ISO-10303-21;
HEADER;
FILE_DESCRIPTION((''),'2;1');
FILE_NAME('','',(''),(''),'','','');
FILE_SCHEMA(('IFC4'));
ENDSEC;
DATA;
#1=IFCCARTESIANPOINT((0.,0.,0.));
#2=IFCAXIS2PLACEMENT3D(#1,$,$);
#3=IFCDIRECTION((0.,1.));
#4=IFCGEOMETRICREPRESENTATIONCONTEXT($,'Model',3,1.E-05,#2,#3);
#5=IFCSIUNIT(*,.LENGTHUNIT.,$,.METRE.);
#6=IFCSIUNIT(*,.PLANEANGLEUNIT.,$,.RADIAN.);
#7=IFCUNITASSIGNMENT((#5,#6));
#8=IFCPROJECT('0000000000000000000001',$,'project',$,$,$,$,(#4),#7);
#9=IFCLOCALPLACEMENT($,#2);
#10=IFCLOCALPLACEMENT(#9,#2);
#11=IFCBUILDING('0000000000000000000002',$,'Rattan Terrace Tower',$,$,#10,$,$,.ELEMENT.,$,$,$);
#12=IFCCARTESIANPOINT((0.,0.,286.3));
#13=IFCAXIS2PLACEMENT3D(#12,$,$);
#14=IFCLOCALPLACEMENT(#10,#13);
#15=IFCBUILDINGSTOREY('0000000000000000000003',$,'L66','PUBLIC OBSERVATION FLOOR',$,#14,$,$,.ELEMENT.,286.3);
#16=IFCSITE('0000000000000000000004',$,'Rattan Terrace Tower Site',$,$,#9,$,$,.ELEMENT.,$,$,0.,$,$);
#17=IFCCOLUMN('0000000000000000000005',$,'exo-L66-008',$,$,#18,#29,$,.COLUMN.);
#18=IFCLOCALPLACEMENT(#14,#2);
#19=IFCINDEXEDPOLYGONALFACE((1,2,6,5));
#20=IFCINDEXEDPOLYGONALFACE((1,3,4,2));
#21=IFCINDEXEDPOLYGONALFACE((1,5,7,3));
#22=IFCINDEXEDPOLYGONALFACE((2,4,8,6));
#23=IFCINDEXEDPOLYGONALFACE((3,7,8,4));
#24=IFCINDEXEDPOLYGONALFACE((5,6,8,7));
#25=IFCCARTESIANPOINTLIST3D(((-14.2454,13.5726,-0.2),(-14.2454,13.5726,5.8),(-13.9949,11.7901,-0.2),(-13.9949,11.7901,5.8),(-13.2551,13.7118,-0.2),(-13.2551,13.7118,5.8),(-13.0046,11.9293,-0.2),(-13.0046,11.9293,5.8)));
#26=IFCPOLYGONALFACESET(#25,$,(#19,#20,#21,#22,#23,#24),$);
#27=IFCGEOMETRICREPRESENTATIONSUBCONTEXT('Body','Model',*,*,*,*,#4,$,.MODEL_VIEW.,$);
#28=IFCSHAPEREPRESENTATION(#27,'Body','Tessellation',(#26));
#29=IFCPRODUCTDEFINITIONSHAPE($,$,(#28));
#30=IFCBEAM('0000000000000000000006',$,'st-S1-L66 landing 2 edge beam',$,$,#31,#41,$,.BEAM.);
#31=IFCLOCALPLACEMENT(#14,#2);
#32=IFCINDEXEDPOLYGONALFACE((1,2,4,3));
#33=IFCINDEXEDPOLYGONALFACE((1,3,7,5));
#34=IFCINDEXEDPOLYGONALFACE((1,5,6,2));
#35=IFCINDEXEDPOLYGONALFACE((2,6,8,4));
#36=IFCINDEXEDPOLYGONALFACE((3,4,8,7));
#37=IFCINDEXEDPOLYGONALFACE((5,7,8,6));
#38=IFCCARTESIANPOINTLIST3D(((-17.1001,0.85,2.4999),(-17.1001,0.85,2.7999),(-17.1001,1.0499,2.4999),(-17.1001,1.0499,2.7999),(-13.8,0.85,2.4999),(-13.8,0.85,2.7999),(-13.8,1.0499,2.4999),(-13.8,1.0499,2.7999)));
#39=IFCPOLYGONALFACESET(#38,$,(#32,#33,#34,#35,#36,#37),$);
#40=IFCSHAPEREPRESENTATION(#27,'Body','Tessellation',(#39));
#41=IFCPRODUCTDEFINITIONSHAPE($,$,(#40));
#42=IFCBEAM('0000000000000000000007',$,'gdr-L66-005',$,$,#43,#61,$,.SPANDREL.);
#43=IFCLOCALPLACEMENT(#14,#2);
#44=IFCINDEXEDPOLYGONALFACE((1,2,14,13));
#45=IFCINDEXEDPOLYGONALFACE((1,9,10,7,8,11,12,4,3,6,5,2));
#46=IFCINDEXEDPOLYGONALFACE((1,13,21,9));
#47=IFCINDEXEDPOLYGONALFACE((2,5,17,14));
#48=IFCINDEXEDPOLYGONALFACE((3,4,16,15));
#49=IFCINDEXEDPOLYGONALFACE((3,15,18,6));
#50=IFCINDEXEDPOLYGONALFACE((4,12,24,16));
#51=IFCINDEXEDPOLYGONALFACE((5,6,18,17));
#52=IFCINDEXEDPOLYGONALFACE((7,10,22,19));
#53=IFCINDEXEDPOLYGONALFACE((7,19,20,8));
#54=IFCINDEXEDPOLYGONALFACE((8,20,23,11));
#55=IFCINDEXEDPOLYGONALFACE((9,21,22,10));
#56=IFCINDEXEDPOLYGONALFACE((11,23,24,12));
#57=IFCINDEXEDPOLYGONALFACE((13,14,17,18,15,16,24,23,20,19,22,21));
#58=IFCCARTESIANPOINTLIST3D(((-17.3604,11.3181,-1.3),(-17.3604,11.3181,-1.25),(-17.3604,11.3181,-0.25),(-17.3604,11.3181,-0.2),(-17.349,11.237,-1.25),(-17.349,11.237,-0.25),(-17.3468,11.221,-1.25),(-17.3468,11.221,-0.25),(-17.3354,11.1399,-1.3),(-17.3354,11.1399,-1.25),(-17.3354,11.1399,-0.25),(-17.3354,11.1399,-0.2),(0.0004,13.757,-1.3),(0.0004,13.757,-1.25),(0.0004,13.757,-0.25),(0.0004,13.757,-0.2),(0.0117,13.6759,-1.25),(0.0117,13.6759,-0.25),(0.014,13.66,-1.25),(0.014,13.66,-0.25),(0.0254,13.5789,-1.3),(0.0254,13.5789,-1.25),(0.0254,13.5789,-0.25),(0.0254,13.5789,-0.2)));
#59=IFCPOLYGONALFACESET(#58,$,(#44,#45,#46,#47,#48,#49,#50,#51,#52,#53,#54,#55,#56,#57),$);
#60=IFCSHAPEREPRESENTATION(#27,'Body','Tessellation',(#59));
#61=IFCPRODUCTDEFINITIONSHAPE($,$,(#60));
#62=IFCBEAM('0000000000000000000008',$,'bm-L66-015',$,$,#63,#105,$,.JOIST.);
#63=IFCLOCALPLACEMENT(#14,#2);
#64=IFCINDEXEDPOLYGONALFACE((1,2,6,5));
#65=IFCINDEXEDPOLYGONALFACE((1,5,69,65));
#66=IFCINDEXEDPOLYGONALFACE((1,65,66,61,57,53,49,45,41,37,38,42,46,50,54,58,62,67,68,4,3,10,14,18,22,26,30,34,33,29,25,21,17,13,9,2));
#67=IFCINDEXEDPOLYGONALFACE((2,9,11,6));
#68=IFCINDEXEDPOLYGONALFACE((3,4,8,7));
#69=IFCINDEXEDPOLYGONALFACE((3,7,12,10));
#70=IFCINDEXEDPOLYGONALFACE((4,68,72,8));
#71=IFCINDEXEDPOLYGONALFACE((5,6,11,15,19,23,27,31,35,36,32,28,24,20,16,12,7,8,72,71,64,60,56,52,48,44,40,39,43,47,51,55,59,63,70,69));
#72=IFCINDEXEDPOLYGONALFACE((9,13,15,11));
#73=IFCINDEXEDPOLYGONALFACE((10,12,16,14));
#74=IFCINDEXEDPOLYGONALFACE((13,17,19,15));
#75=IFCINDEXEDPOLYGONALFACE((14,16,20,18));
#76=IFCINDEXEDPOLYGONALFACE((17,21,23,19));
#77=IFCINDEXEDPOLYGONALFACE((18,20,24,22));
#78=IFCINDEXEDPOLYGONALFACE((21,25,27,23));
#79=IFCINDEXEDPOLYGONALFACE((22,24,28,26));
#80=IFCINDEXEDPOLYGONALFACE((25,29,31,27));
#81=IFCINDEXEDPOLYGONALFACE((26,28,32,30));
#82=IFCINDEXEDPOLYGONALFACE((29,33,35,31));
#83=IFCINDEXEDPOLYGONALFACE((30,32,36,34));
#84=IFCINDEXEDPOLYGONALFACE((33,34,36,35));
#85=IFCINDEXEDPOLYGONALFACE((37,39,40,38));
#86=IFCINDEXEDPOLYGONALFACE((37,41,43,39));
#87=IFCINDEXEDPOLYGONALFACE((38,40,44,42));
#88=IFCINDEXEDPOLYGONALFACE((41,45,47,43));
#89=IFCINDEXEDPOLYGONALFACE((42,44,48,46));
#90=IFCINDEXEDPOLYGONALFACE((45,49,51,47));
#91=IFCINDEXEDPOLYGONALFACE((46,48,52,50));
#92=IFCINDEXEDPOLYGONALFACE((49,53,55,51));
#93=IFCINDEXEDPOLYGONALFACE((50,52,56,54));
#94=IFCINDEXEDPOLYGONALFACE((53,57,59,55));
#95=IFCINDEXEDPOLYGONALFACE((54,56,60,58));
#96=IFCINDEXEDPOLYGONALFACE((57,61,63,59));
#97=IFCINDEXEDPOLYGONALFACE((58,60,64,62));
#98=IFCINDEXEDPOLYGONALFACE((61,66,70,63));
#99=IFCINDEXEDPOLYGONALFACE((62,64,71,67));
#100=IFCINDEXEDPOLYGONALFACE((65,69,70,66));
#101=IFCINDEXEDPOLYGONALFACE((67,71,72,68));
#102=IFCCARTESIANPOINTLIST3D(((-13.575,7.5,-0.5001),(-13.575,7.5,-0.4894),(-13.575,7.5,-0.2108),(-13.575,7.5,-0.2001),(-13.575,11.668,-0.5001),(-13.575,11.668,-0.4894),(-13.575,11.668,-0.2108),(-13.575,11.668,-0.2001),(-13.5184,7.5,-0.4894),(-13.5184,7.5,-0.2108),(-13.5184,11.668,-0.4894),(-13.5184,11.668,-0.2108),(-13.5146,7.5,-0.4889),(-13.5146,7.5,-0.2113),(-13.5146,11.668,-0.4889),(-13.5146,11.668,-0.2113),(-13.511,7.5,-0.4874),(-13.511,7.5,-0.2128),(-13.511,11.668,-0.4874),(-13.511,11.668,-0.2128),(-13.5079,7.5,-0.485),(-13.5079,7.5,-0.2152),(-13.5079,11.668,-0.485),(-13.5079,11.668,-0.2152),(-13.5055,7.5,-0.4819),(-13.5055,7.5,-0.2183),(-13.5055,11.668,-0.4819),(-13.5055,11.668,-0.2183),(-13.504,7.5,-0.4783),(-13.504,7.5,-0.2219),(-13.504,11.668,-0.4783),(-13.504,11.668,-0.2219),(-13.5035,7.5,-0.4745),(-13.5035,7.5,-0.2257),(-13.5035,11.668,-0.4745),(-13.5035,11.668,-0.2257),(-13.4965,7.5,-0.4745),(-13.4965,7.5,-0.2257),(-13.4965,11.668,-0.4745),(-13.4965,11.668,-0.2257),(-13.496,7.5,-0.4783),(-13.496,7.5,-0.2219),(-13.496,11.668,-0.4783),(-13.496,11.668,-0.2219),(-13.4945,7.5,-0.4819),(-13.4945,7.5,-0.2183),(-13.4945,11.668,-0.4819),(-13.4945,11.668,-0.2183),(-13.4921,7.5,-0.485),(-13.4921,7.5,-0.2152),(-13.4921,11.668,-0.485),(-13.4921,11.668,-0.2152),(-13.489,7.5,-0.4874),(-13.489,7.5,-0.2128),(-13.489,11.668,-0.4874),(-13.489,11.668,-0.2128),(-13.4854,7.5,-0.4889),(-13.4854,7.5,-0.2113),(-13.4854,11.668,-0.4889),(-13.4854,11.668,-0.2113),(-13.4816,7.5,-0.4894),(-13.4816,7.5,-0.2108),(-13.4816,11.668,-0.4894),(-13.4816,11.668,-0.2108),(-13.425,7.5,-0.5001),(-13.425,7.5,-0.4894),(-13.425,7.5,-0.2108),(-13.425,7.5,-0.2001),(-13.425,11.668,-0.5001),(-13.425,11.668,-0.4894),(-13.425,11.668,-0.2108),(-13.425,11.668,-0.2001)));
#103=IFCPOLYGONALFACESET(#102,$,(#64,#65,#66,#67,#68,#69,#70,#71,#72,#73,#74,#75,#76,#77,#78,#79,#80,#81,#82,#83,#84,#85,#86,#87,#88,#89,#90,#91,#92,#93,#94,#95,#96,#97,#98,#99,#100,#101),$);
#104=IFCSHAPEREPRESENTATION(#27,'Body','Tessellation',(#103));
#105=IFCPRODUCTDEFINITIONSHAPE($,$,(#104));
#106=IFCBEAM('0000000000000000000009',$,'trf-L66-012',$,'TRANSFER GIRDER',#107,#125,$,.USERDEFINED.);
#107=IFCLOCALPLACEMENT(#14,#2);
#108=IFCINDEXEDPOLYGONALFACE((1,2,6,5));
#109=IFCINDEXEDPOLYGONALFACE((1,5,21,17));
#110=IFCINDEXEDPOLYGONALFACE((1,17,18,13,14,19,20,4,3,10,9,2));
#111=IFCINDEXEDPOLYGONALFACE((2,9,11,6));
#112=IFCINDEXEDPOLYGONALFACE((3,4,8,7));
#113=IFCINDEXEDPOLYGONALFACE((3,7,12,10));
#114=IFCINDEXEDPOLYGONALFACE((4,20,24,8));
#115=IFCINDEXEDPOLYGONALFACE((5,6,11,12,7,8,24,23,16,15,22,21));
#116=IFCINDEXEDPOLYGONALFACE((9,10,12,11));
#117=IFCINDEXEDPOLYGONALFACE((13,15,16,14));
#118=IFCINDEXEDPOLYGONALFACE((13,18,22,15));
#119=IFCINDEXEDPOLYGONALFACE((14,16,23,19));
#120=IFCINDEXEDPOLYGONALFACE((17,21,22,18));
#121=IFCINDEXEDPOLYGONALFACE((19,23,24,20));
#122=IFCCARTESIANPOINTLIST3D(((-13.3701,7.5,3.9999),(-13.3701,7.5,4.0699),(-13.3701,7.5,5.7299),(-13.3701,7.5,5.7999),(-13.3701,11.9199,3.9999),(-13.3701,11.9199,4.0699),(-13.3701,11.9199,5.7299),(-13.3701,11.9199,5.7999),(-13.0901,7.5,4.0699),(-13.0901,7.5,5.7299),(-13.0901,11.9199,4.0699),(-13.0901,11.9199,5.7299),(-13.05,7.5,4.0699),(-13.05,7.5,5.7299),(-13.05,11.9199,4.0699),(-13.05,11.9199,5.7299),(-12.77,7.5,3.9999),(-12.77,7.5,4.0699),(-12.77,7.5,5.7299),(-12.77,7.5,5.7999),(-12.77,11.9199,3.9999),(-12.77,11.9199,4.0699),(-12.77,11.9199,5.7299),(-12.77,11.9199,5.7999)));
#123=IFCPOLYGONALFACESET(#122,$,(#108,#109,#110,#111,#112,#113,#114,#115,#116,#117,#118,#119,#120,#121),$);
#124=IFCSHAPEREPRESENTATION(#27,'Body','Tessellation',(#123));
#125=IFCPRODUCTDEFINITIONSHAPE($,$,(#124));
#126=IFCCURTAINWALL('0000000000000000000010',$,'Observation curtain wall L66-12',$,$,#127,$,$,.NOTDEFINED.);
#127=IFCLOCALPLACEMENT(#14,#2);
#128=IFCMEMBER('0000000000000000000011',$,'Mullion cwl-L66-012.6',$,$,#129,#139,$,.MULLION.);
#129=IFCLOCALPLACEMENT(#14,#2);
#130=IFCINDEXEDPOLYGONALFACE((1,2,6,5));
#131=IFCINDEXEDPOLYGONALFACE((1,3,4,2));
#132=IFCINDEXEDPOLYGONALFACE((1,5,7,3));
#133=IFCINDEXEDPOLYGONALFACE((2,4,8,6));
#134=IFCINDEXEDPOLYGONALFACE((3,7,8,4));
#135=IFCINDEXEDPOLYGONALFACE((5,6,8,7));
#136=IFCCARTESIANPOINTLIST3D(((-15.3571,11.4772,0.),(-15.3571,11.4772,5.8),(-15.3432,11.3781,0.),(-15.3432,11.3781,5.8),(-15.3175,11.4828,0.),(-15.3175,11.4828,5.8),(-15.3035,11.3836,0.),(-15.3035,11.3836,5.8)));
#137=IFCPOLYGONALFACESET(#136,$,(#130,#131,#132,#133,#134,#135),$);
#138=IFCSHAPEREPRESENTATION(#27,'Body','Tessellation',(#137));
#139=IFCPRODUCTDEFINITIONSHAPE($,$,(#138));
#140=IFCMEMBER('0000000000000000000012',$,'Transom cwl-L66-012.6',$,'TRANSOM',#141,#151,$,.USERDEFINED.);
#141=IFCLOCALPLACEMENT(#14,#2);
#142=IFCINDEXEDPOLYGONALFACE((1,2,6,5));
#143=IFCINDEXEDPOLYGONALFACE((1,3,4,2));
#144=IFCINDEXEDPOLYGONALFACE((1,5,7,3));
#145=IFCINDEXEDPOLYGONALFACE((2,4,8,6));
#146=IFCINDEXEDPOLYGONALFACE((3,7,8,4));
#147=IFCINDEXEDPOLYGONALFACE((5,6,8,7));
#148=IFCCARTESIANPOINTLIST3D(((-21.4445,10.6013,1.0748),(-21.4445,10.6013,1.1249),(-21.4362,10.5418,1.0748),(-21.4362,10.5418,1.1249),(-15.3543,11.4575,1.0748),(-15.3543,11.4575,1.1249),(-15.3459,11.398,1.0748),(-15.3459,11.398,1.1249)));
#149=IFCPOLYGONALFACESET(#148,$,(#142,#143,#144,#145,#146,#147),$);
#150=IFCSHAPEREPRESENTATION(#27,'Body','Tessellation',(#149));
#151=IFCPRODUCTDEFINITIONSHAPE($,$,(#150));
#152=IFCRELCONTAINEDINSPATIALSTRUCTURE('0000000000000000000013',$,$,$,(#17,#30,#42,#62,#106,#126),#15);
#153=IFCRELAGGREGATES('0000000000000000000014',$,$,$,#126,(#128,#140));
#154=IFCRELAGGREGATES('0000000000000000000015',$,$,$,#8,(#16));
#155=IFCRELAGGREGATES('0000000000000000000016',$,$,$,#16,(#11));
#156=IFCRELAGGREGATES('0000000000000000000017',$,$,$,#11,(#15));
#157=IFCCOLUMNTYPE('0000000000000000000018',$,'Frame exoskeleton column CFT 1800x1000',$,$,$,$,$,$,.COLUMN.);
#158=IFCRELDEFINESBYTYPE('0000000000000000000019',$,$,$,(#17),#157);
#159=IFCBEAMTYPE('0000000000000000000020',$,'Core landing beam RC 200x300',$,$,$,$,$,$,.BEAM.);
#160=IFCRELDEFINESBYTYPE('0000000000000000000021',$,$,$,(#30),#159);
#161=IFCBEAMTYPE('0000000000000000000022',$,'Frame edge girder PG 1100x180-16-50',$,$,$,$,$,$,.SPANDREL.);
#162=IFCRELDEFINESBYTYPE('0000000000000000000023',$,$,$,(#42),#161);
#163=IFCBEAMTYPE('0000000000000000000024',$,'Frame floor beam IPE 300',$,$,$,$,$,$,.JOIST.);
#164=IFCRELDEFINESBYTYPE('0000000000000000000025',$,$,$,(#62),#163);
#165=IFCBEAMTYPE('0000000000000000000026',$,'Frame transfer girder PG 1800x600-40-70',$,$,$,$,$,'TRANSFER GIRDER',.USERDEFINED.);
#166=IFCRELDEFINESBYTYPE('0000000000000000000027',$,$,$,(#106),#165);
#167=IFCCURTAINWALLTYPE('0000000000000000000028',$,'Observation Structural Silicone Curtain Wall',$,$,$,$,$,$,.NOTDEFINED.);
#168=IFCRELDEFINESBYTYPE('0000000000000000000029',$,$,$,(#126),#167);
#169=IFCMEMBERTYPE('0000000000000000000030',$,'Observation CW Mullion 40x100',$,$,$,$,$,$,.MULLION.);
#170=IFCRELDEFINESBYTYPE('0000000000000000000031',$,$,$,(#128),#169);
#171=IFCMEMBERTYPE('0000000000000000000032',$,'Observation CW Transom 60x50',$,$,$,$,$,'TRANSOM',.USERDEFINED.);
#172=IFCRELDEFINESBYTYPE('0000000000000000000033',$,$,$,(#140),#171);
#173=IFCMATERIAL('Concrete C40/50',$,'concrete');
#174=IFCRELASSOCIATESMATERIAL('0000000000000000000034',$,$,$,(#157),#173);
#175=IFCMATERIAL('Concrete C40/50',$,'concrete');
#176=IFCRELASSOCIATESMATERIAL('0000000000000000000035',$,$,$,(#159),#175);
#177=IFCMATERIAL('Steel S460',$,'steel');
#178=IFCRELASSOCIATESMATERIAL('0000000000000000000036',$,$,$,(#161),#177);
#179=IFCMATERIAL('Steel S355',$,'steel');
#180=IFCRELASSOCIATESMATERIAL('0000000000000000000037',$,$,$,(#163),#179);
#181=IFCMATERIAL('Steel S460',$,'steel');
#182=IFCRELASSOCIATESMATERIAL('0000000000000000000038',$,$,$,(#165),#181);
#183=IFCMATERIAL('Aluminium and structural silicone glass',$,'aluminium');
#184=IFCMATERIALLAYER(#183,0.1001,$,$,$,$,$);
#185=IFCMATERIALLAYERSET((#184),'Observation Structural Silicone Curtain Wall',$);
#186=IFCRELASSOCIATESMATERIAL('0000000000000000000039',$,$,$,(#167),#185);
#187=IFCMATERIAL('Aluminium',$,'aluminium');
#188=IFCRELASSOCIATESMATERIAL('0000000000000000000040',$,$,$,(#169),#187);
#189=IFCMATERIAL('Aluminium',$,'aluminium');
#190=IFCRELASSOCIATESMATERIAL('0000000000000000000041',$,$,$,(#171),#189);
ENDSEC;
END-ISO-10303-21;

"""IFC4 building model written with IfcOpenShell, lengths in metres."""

from ifc_helpers import new_model, si_unit, direction, frame, origin, origin_2d, place, context, subcontext, project, spatial, rectangle, i_section, extrude, material, layer, layer_set, material_profile, profile_set, type_object, element, aggregate, save


model = new_model("IFC4")

# Units and contexts
model_context = context("Model", 3, precision=1e-05, world=origin(), true_north=direction((0.0, 1.0)))
body_context = subcontext(model_context, "Body", "Model", "MODEL_VIEW")
ifc_project = project(units=[si_unit("LENGTHUNIT", "METRE"), si_unit("PLANEANGLEUNIT", "RADIAN")], contexts=[model_context])

# Site, building, storey
site_placement = place(None, origin())
site = spatial("IfcSite", under=ifc_project, at=site_placement, Name="Rattan Terrace Tower Site", CompositionType="ELEMENT", RefElevation=0.0)
building_placement = place(site_placement, origin())
building = spatial("IfcBuilding", under=site, at=building_placement, Name="Rattan Terrace Tower", CompositionType="ELEMENT")
storey_placement = place(building_placement, frame((0.0, 0.0, 286.3)))
storey = spatial("IfcBuildingStorey", under=building, at=storey_placement, Name="L66", Description="PUBLIC OBSERVATION FLOOR", CompositionType="ELEMENT", Elevation=286.3)

# Column
ifc_material_1 = material(Name="Concrete C40/50", Category="concrete")
ifc_material_profile_1 = material_profile(ifc_material_1, rectangle(XDim=1.0, YDim=1.8, at=origin_2d()), Name="CFT 1800x1000")
ifc_profile_set_1 = profile_set([ifc_material_profile_1], Name="Concrete C40/50")
column_type = type_object("IfcColumnType", Name="Frame exoskeleton column CFT 1800x1000", PredefinedType="COLUMN", material=ifc_profile_set_1)
column_placement = place(storey_placement, frame((-13.625, 12.751, -0.2), z_axis=(0.0, 0.0, 1.0), x_axis=(0.990266, 0.13919, 0.0)))
element("IfcColumn", 1, at=column_placement, inside=storey, type_object=column_type, Name="exo-L66-008", PredefinedType="COLUMN", context=body_context, shape_type="SweptSolid", body=[
    extrude(rectangle(XDim=1.0, YDim=1.8, at=origin_2d()), origin(), (0.0, 0.0, 1.0), 6.0),
])

# Beams
ifc_material_2 = material(Name="Concrete C40/50", Category="concrete")
ifc_material_profile_2 = material_profile(ifc_material_2, rectangle(XDim=0.2, YDim=0.3, at=origin_2d()), Name="RC 200x300")
ifc_profile_set_2 = profile_set([ifc_material_profile_2], Name="Concrete C40/50")
beam_type_1 = type_object("IfcBeamType", Name="Core landing beam RC 200x300", PredefinedType="BEAM", material=ifc_profile_set_2)
beam_1_placement = place(storey_placement, frame((-17.1001, 0.95, 2.6499), z_axis=(1.0, 0.0, 0.0), x_axis=(0.0, 1.0, 0.0)))
element("IfcBeam", 2, at=beam_1_placement, inside=storey, type_object=beam_type_1, Name="st-S1-L66 landing 2 edge beam", PredefinedType="BEAM", context=body_context, shape_type="SweptSolid", body=[
    extrude(rectangle(XDim=0.2, YDim=0.3, at=origin_2d()), origin(), (0.0, 0.0, 1.0), 3.3),
])
ifc_material_3 = material(Name="Steel S460", Category="steel")
ifc_material_profile_3 = material_profile(ifc_material_3, i_section(OverallWidth=0.1799, OverallDepth=1.1001, WebThickness=0.0161, FlangeThickness=0.05, at=origin_2d()), Name="PG 1100x180-16-50")
ifc_profile_set_3 = profile_set([ifc_material_profile_3], Name="Steel S460")
beam_type_2 = type_object("IfcBeamType", Name="Frame edge girder PG 1100x180-16-50", PredefinedType="SPANDREL", material=ifc_profile_set_3)
beam_2_placement = place(storey_placement, frame((-17.3479, 11.229, -0.75), z_axis=(0.990275, 0.13912, 0.0), x_axis=(-0.13912, 0.990275, 0.0)))
element("IfcBeam", 3, at=beam_2_placement, inside=storey, type_object=beam_type_2, Name="gdr-L66-005", PredefinedType="SPANDREL", context=body_context, shape_type="SweptSolid", body=[
    extrude(i_section(OverallWidth=0.1799, OverallDepth=1.1001, WebThickness=0.0161, FlangeThickness=0.05, at=origin_2d()), origin(), (0.0, 0.0, 1.0), 17.5312),
])
ifc_material_4 = material(Name="Steel S355", Category="steel")
ifc_material_profile_4 = material_profile(ifc_material_4, i_section(OverallWidth=0.1499, OverallDepth=0.3, WebThickness=0.0071, FlangeThickness=0.0107, FilletRadius=0.0149, at=origin_2d()), Name="IPE 300")
ifc_profile_set_4 = profile_set([ifc_material_profile_4], Name="Steel S355")
beam_type_3 = type_object("IfcBeamType", Name="Frame floor beam IPE 300", PredefinedType="JOIST", material=ifc_profile_set_4)
beam_3_placement = place(storey_placement, frame((-13.5, 7.5, -0.3501), z_axis=(0.0, 1.0, 0.0), x_axis=(-1.0, 0.0, 0.0)))
element("IfcBeam", 4, at=beam_3_placement, inside=storey, type_object=beam_type_3, Name="bm-L66-015", PredefinedType="JOIST", context=body_context, shape_type="SweptSolid", body=[
    extrude(i_section(OverallWidth=0.1499, OverallDepth=0.3, WebThickness=0.0071, FlangeThickness=0.0107, FilletRadius=0.0149, at=origin_2d()), origin(), (0.0, 0.0, 1.0), 4.168),
])
ifc_material_5 = material(Name="Steel S460", Category="steel")
ifc_material_profile_5 = material_profile(ifc_material_5, i_section(OverallWidth=0.6001, OverallDepth=1.8, WebThickness=0.04, FlangeThickness=0.0701, at=origin_2d()), Name="PG 1800x600-40-70")
ifc_profile_set_5 = profile_set([ifc_material_profile_5], Name="Steel S460")
beam_type_4 = type_object("IfcBeamType", Name="Frame transfer girder PG 1800x600-40-70", ElementType="TRANSFER GIRDER", PredefinedType="USERDEFINED", material=ifc_profile_set_5)
beam_4_placement = place(storey_placement, frame((-13.0701, 7.5, 4.8999), z_axis=(0.0, 1.0, 0.0), x_axis=(-1.0, 0.0, 0.0)))
element("IfcBeam", 5, at=beam_4_placement, inside=storey, type_object=beam_type_4, Name="trf-L66-012", ObjectType="TRANSFER GIRDER", PredefinedType="USERDEFINED", context=body_context, shape_type="SweptSolid", body=[
    extrude(i_section(OverallWidth=0.6001, OverallDepth=1.8, WebThickness=0.04, FlangeThickness=0.0701, at=origin_2d()), origin(), (0.0, 0.0, 1.0), 4.4199),
])

# Curtain wall, members
ifc_material_6 = material(Name="Aluminium and structural silicone glass", Category="aluminium")
ifc_layer_1 = layer(ifc_material_6, 0.1001)
ifc_layer_set_1 = layer_set([ifc_layer_1], Name="Observation Structural Silicone Curtain Wall")
curtain_wall_type = type_object("IfcCurtainWallType", Name="Observation Structural Silicone Curtain Wall", PredefinedType="NOTDEFINED", material=ifc_layer_set_1)
curtain_wall_placement = place(storey_placement, origin())
curtain_wall = element("IfcCurtainWall", 6, at=curtain_wall_placement, inside=storey, type_object=curtain_wall_type, Name="Observation curtain wall L66-12", PredefinedType="NOTDEFINED")
ifc_material_7 = material(Name="Aluminium", Category="aluminium")
ifc_material_profile_6 = material_profile(ifc_material_7, rectangle(XDim=0.04, YDim=0.1001, at=origin_2d()), Name="Aluminium 40x100")
ifc_profile_set_6 = profile_set([ifc_material_profile_6], Name="Aluminium")
member_type_1 = type_object("IfcMemberType", Name="Observation CW Mullion 40x100", PredefinedType="MULLION", material=ifc_profile_set_6)
member_1_placement = place(storey_placement, frame((-15.3303, 11.4304, 0.0), z_axis=(0.0, 0.0, 1.0), x_axis=(-0.990266, -0.139189, 0.0)))
member_1 = element("IfcMember", 7, at=member_1_placement, type_object=member_type_1, Name="Mullion cwl-L66-012.6", PredefinedType="MULLION", context=body_context, shape_type="SweptSolid", body=[
    extrude(rectangle(XDim=0.04, YDim=0.1001, at=origin_2d()), origin(), (0.0, 0.0, 1.0), 5.8),
])
ifc_material_8 = material(Name="Aluminium", Category="aluminium")
ifc_material_profile_7 = material_profile(ifc_material_8, rectangle(XDim=0.0601, YDim=0.05, at=origin_2d()), Name="Aluminium 60x50")
ifc_profile_set_7 = profile_set([ifc_material_profile_7], Name="Aluminium")
member_type_2 = type_object("IfcMemberType", Name="Observation CW Transom 60x50", ElementType="TRANSOM", PredefinedType="USERDEFINED", material=ifc_profile_set_7)
member_2_placement = place(storey_placement, frame((-15.3501, 11.4277, 1.0999), z_axis=(-0.990262, -0.139215, 0.0), x_axis=(0.139215, -0.990262, 0.0)))
member_2 = element("IfcMember", 8, at=member_2_placement, type_object=member_type_2, Name="Transom cwl-L66-012.6", ObjectType="TRANSOM", PredefinedType="USERDEFINED", context=body_context, shape_type="SweptSolid", body=[
    extrude(rectangle(XDim=0.0601, YDim=0.05, at=origin_2d()), origin(), (0.0, 0.0, 1.0), 6.1501),
])
aggregate(curtain_wall, [member_1, member_2])

save(model, "model.ifc")
